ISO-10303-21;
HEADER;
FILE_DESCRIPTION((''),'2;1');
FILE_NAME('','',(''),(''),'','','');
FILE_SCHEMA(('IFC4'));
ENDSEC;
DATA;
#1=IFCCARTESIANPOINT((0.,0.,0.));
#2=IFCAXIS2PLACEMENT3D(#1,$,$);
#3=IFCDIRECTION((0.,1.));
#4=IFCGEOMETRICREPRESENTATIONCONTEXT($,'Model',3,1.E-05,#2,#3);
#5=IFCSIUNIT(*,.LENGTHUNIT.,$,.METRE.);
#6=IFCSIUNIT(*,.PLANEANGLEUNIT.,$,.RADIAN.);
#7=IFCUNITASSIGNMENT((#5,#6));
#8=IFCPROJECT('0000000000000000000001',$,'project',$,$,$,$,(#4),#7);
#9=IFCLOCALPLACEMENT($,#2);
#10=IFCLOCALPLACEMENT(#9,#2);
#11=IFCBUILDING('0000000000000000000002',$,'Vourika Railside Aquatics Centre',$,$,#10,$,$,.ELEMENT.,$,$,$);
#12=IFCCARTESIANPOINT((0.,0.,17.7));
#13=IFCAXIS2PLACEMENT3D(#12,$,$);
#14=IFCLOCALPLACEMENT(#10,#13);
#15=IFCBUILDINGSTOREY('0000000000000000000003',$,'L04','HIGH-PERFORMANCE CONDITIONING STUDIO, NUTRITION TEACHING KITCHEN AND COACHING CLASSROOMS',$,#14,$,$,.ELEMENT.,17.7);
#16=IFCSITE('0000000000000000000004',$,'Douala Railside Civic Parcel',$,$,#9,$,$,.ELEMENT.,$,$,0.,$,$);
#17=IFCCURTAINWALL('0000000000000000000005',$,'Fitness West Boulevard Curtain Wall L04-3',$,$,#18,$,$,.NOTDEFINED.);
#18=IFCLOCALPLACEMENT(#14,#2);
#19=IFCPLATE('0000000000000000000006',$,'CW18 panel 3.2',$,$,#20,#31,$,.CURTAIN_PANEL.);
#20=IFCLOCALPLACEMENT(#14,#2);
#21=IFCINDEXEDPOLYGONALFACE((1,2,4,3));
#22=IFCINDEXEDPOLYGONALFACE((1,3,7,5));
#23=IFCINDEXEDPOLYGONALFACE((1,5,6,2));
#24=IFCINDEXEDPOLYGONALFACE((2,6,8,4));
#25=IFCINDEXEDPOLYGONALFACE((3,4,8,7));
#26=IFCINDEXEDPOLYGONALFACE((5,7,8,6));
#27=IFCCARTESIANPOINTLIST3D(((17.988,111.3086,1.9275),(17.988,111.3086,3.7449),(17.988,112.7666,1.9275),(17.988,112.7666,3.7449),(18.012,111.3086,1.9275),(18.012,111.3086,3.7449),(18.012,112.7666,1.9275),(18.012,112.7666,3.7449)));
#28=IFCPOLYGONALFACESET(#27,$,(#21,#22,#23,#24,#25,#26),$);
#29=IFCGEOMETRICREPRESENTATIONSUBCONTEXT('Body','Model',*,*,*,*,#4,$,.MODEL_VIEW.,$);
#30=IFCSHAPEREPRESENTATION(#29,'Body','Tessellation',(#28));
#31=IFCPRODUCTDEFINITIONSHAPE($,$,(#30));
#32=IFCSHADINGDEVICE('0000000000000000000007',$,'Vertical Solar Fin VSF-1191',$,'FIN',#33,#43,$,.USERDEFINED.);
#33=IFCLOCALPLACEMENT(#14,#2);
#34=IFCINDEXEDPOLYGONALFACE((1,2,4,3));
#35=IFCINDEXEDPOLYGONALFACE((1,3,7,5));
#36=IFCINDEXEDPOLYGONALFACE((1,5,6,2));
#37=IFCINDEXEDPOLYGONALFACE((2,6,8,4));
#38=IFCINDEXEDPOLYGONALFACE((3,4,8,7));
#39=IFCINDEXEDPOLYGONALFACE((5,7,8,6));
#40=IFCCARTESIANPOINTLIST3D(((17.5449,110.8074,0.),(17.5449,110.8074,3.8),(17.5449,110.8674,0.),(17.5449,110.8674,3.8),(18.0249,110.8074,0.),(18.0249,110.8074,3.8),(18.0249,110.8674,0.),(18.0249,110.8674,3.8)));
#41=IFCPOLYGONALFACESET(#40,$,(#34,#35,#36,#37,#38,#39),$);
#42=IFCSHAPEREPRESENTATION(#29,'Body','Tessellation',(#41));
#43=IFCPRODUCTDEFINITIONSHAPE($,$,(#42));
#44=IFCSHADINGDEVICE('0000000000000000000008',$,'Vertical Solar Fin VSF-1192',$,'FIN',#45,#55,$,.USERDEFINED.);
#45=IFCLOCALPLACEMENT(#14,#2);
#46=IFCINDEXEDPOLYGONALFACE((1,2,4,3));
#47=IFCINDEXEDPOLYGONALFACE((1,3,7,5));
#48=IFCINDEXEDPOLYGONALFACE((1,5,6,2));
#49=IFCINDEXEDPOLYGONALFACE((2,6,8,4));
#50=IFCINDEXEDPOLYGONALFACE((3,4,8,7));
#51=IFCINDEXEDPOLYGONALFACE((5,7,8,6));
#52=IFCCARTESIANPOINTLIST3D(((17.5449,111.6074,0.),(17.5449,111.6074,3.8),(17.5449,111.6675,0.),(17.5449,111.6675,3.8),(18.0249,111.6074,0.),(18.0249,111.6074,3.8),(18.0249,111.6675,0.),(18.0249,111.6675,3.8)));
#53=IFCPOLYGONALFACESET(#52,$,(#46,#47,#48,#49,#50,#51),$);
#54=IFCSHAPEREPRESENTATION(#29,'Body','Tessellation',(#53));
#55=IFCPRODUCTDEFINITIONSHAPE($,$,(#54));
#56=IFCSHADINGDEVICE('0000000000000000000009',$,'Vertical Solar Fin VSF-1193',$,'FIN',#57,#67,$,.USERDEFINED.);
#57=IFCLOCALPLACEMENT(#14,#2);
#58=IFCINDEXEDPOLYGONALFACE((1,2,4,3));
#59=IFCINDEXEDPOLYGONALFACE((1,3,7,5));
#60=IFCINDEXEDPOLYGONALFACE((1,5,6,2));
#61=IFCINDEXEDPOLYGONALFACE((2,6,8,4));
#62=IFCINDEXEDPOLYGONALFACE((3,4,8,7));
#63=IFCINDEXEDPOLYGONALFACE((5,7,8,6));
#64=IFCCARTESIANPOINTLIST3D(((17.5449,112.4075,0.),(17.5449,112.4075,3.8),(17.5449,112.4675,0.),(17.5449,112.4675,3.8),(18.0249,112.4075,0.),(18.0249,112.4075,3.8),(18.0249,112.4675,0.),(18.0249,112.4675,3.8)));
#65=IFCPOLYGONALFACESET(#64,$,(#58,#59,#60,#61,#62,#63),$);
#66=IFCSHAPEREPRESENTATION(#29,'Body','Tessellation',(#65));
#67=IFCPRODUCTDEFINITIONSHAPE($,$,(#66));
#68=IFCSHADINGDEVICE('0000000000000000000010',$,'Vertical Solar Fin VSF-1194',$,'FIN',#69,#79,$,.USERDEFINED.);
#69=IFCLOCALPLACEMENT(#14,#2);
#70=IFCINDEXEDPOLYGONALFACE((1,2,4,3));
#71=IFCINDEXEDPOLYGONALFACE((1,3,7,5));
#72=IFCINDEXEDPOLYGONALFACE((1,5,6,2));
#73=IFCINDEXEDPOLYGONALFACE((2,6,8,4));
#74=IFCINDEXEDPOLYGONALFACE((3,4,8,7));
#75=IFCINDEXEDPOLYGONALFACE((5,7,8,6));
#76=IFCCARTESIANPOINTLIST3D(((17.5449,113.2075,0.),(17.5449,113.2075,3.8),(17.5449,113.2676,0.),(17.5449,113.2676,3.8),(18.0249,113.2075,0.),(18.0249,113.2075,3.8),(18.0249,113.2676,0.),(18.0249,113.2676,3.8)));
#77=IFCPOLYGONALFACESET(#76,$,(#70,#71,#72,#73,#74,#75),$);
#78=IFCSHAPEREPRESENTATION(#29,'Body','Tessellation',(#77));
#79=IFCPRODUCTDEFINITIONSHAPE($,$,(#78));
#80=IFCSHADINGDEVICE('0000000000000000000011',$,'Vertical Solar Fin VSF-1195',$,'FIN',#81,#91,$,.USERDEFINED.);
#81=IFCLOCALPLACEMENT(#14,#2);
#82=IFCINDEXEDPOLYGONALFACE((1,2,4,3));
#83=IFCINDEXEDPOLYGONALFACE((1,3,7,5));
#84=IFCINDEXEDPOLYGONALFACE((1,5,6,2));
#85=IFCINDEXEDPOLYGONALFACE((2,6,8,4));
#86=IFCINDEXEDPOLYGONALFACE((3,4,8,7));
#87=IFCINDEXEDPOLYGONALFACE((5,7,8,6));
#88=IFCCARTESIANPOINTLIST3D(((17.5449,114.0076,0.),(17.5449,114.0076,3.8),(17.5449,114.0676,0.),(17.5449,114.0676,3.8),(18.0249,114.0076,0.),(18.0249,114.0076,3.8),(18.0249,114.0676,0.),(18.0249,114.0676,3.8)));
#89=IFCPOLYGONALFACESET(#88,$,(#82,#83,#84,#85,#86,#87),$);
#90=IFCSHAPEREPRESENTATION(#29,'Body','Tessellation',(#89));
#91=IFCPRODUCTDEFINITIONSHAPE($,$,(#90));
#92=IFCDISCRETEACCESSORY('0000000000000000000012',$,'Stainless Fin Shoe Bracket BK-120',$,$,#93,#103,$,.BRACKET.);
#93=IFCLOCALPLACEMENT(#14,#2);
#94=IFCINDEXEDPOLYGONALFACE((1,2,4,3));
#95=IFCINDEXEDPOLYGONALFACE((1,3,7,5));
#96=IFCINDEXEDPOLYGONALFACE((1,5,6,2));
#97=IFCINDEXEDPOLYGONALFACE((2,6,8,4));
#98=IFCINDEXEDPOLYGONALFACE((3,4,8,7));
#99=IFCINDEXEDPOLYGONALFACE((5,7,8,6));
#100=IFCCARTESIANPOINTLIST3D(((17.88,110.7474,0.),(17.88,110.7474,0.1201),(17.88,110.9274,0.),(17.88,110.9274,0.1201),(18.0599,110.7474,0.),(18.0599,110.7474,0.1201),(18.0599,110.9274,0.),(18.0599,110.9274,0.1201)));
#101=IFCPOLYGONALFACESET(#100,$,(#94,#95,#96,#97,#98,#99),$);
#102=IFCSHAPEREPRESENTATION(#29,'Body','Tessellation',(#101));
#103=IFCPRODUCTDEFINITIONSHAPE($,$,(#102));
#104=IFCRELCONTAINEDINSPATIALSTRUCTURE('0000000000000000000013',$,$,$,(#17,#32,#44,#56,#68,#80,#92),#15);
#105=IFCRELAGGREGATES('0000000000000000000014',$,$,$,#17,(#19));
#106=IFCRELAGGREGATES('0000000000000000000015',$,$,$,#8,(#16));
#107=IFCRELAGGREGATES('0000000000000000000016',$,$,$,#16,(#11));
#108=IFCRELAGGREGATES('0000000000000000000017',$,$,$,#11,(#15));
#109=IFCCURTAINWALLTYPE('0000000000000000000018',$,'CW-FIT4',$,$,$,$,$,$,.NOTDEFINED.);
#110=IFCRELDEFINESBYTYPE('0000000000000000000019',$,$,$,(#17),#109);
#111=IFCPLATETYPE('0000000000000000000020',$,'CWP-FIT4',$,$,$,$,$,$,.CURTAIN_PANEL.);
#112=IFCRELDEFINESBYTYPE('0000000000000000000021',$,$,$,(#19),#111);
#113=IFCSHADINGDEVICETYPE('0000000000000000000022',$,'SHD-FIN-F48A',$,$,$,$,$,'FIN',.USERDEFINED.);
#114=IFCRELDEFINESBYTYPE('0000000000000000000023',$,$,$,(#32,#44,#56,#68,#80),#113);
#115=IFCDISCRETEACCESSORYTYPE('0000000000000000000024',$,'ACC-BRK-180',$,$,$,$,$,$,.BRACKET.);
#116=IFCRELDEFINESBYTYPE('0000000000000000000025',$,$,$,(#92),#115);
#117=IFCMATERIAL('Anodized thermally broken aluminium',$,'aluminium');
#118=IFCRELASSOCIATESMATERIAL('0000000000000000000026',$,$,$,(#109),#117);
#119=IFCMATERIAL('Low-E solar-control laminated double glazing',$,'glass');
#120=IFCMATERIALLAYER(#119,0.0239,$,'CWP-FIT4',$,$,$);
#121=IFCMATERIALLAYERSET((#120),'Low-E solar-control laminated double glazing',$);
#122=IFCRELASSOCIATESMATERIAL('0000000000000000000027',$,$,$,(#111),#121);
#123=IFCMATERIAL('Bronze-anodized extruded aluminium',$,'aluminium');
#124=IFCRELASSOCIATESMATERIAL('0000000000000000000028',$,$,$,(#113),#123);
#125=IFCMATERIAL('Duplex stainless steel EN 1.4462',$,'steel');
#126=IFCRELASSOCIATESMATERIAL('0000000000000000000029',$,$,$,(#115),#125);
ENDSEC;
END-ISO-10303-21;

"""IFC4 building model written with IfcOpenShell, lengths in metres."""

from ifc_helpers import new_model, si_unit, direction, frame, origin, origin_2d, place, context, subcontext, project, spatial, rectangle, extrude, material, layer, layer_set, material_profile, profile_set, type_object, element, aggregate, save


model = new_model("IFC4")

# Units and contexts
model_context = context("Model", 3, precision=1e-05, world=origin(), true_north=direction((0.0, 1.0)))
body_context = subcontext(model_context, "Body", "Model", "MODEL_VIEW")
ifc_project = project(units=[si_unit("LENGTHUNIT", "METRE"), si_unit("PLANEANGLEUNIT", "RADIAN")], contexts=[model_context])

# Site, building, storey
site_placement = place(None, origin())
site = spatial("IfcSite", under=ifc_project, at=site_placement, Name="Douala Railside Civic Parcel", CompositionType="ELEMENT", RefElevation=0.0)
building_placement = place(site_placement, origin())
building = spatial("IfcBuilding", under=site, at=building_placement, Name="Vourika Railside Aquatics Centre", CompositionType="ELEMENT")
storey_placement = place(building_placement, frame((0.0, 0.0, 17.7)))
storey = spatial("IfcBuildingStorey", under=building, at=storey_placement, Name="L04", Description="HIGH-PERFORMANCE CONDITIONING STUDIO, NUTRITION TEACHING KITCHEN AND COACHING CLASSROOMS", CompositionType="ELEMENT", Elevation=17.7)

# Curtain wall, plate
ifc_material_1 = material(Name="Anodized thermally broken aluminium", Category="aluminium")
curtain_wall_type = type_object("IfcCurtainWallType", Name="CW-FIT4", PredefinedType="NOTDEFINED", material=ifc_material_1)
curtain_wall_placement = place(storey_placement, origin())
curtain_wall = element("IfcCurtainWall", 1, at=curtain_wall_placement, inside=storey, type_object=curtain_wall_type, Name="Fitness West Boulevard Curtain Wall L04-3", PredefinedType="NOTDEFINED")
ifc_material_2 = material(Name="Low-E solar-control laminated double glazing", Category="glass")
ifc_layer = layer(ifc_material_2, 0.0239, Name="CWP-FIT4")
ifc_layer_set = layer_set([ifc_layer], Name="Low-E solar-control laminated double glazing")
plate_type = type_object("IfcPlateType", Name="CWP-FIT4", PredefinedType="CURTAIN_PANEL", material=ifc_layer_set)
plate_1_placement = place(storey_placement, frame((18.0, 112.0376, 1.9275), z_axis=(0.0, 0.0, 1.0), x_axis=(0.0, -1.0, 0.0)))
plate_1 = element("IfcPlate", 2, at=plate_1_placement, type_object=plate_type, Name="CW18 panel 3.2", PredefinedType="CURTAIN_PANEL", context=body_context, shape_type="SweptSolid", body=[
    extrude(rectangle(XDim=1.458, YDim=0.0239, at=origin_2d()), origin(), (0.0, 0.0, 1.0), 1.8174),
])
aggregate(curtain_wall, [plate_1])

# Shading devices
ifc_material_3 = material(Name="Bronze-anodized extruded aluminium", Category="aluminium")
ifc_material_profile_1 = material_profile(ifc_material_3, rectangle(XDim=0.0601, YDim=0.48, at=origin_2d()), Name="ALU-FIN 60x480")
ifc_profile_set_1 = profile_set([ifc_material_profile_1], Name="Bronze-anodized extruded aluminium")
shading_device_type = type_object("IfcShadingDeviceType", Name="SHD-FIN-F48A", ElementType="FIN", PredefinedType="USERDEFINED", material=ifc_profile_set_1)
for number, where, z_axis, x_axis, name in (
    (3, (17.7849, 110.8374, 0.0), (0.0, 0.0, 1.0), (0.0, 1.0, 0.0), "Vertical Solar Fin VSF-1191"),
    (4, (17.7849, 111.6375, 0.0), (0.0, 0.0, 1.0), (0.0, 1.0, 0.0), "Vertical Solar Fin VSF-1192"),
    (5, (17.7849, 112.4375, 0.0), (0.0, 0.0, 1.0), (0.0, 1.0, 0.0), "Vertical Solar Fin VSF-1193"),
    (6, (17.7849, 113.2375, 0.0), (0.0, 0.0, 1.0), (0.0, 1.0, 0.0), "Vertical Solar Fin VSF-1194"),
    (7, (17.7849, 114.0376, 0.0), (0.0, 0.0, 1.0), (0.0, 1.0, 0.0), "Vertical Solar Fin VSF-1195"),
):
    element("IfcShadingDevice", number, at=place(storey_placement, frame(where, z_axis=z_axis, x_axis=x_axis)), inside=storey, type_object=shading_device_type, Name=name, ObjectType="FIN", PredefinedType="USERDEFINED", context=body_context, shape_type="SweptSolid", body=[
        extrude(rectangle(XDim=0.0601, YDim=0.48, at=origin_2d()), origin(), (0.0, 0.0, 1.0), 3.8),
    ])

# Discrete accessory
ifc_material_4 = material(Name="Duplex stainless steel EN 1.4462", Category="steel")
discrete_accessory_type = type_object("IfcDiscreteAccessoryType", Name="ACC-BRK-180", PredefinedType="BRACKET", material=ifc_material_4)
discrete_accessory_placement = place(storey_placement, frame((17.97, 110.8374, 0.0), z_axis=(0.0, 0.0, 1.0), x_axis=(-1.0, 0.0, 0.0)))
element("IfcDiscreteAccessory", 8, at=discrete_accessory_placement, inside=storey, type_object=discrete_accessory_type, Name="Stainless Fin Shoe Bracket BK-120", PredefinedType="BRACKET", context=body_context, shape_type="SweptSolid", body=[
    extrude(rectangle(XDim=0.1799, YDim=0.1799, at=origin_2d()), origin(), (0.0, 0.0, 1.0), 0.1201),
])

save(model, "model.ifc")
